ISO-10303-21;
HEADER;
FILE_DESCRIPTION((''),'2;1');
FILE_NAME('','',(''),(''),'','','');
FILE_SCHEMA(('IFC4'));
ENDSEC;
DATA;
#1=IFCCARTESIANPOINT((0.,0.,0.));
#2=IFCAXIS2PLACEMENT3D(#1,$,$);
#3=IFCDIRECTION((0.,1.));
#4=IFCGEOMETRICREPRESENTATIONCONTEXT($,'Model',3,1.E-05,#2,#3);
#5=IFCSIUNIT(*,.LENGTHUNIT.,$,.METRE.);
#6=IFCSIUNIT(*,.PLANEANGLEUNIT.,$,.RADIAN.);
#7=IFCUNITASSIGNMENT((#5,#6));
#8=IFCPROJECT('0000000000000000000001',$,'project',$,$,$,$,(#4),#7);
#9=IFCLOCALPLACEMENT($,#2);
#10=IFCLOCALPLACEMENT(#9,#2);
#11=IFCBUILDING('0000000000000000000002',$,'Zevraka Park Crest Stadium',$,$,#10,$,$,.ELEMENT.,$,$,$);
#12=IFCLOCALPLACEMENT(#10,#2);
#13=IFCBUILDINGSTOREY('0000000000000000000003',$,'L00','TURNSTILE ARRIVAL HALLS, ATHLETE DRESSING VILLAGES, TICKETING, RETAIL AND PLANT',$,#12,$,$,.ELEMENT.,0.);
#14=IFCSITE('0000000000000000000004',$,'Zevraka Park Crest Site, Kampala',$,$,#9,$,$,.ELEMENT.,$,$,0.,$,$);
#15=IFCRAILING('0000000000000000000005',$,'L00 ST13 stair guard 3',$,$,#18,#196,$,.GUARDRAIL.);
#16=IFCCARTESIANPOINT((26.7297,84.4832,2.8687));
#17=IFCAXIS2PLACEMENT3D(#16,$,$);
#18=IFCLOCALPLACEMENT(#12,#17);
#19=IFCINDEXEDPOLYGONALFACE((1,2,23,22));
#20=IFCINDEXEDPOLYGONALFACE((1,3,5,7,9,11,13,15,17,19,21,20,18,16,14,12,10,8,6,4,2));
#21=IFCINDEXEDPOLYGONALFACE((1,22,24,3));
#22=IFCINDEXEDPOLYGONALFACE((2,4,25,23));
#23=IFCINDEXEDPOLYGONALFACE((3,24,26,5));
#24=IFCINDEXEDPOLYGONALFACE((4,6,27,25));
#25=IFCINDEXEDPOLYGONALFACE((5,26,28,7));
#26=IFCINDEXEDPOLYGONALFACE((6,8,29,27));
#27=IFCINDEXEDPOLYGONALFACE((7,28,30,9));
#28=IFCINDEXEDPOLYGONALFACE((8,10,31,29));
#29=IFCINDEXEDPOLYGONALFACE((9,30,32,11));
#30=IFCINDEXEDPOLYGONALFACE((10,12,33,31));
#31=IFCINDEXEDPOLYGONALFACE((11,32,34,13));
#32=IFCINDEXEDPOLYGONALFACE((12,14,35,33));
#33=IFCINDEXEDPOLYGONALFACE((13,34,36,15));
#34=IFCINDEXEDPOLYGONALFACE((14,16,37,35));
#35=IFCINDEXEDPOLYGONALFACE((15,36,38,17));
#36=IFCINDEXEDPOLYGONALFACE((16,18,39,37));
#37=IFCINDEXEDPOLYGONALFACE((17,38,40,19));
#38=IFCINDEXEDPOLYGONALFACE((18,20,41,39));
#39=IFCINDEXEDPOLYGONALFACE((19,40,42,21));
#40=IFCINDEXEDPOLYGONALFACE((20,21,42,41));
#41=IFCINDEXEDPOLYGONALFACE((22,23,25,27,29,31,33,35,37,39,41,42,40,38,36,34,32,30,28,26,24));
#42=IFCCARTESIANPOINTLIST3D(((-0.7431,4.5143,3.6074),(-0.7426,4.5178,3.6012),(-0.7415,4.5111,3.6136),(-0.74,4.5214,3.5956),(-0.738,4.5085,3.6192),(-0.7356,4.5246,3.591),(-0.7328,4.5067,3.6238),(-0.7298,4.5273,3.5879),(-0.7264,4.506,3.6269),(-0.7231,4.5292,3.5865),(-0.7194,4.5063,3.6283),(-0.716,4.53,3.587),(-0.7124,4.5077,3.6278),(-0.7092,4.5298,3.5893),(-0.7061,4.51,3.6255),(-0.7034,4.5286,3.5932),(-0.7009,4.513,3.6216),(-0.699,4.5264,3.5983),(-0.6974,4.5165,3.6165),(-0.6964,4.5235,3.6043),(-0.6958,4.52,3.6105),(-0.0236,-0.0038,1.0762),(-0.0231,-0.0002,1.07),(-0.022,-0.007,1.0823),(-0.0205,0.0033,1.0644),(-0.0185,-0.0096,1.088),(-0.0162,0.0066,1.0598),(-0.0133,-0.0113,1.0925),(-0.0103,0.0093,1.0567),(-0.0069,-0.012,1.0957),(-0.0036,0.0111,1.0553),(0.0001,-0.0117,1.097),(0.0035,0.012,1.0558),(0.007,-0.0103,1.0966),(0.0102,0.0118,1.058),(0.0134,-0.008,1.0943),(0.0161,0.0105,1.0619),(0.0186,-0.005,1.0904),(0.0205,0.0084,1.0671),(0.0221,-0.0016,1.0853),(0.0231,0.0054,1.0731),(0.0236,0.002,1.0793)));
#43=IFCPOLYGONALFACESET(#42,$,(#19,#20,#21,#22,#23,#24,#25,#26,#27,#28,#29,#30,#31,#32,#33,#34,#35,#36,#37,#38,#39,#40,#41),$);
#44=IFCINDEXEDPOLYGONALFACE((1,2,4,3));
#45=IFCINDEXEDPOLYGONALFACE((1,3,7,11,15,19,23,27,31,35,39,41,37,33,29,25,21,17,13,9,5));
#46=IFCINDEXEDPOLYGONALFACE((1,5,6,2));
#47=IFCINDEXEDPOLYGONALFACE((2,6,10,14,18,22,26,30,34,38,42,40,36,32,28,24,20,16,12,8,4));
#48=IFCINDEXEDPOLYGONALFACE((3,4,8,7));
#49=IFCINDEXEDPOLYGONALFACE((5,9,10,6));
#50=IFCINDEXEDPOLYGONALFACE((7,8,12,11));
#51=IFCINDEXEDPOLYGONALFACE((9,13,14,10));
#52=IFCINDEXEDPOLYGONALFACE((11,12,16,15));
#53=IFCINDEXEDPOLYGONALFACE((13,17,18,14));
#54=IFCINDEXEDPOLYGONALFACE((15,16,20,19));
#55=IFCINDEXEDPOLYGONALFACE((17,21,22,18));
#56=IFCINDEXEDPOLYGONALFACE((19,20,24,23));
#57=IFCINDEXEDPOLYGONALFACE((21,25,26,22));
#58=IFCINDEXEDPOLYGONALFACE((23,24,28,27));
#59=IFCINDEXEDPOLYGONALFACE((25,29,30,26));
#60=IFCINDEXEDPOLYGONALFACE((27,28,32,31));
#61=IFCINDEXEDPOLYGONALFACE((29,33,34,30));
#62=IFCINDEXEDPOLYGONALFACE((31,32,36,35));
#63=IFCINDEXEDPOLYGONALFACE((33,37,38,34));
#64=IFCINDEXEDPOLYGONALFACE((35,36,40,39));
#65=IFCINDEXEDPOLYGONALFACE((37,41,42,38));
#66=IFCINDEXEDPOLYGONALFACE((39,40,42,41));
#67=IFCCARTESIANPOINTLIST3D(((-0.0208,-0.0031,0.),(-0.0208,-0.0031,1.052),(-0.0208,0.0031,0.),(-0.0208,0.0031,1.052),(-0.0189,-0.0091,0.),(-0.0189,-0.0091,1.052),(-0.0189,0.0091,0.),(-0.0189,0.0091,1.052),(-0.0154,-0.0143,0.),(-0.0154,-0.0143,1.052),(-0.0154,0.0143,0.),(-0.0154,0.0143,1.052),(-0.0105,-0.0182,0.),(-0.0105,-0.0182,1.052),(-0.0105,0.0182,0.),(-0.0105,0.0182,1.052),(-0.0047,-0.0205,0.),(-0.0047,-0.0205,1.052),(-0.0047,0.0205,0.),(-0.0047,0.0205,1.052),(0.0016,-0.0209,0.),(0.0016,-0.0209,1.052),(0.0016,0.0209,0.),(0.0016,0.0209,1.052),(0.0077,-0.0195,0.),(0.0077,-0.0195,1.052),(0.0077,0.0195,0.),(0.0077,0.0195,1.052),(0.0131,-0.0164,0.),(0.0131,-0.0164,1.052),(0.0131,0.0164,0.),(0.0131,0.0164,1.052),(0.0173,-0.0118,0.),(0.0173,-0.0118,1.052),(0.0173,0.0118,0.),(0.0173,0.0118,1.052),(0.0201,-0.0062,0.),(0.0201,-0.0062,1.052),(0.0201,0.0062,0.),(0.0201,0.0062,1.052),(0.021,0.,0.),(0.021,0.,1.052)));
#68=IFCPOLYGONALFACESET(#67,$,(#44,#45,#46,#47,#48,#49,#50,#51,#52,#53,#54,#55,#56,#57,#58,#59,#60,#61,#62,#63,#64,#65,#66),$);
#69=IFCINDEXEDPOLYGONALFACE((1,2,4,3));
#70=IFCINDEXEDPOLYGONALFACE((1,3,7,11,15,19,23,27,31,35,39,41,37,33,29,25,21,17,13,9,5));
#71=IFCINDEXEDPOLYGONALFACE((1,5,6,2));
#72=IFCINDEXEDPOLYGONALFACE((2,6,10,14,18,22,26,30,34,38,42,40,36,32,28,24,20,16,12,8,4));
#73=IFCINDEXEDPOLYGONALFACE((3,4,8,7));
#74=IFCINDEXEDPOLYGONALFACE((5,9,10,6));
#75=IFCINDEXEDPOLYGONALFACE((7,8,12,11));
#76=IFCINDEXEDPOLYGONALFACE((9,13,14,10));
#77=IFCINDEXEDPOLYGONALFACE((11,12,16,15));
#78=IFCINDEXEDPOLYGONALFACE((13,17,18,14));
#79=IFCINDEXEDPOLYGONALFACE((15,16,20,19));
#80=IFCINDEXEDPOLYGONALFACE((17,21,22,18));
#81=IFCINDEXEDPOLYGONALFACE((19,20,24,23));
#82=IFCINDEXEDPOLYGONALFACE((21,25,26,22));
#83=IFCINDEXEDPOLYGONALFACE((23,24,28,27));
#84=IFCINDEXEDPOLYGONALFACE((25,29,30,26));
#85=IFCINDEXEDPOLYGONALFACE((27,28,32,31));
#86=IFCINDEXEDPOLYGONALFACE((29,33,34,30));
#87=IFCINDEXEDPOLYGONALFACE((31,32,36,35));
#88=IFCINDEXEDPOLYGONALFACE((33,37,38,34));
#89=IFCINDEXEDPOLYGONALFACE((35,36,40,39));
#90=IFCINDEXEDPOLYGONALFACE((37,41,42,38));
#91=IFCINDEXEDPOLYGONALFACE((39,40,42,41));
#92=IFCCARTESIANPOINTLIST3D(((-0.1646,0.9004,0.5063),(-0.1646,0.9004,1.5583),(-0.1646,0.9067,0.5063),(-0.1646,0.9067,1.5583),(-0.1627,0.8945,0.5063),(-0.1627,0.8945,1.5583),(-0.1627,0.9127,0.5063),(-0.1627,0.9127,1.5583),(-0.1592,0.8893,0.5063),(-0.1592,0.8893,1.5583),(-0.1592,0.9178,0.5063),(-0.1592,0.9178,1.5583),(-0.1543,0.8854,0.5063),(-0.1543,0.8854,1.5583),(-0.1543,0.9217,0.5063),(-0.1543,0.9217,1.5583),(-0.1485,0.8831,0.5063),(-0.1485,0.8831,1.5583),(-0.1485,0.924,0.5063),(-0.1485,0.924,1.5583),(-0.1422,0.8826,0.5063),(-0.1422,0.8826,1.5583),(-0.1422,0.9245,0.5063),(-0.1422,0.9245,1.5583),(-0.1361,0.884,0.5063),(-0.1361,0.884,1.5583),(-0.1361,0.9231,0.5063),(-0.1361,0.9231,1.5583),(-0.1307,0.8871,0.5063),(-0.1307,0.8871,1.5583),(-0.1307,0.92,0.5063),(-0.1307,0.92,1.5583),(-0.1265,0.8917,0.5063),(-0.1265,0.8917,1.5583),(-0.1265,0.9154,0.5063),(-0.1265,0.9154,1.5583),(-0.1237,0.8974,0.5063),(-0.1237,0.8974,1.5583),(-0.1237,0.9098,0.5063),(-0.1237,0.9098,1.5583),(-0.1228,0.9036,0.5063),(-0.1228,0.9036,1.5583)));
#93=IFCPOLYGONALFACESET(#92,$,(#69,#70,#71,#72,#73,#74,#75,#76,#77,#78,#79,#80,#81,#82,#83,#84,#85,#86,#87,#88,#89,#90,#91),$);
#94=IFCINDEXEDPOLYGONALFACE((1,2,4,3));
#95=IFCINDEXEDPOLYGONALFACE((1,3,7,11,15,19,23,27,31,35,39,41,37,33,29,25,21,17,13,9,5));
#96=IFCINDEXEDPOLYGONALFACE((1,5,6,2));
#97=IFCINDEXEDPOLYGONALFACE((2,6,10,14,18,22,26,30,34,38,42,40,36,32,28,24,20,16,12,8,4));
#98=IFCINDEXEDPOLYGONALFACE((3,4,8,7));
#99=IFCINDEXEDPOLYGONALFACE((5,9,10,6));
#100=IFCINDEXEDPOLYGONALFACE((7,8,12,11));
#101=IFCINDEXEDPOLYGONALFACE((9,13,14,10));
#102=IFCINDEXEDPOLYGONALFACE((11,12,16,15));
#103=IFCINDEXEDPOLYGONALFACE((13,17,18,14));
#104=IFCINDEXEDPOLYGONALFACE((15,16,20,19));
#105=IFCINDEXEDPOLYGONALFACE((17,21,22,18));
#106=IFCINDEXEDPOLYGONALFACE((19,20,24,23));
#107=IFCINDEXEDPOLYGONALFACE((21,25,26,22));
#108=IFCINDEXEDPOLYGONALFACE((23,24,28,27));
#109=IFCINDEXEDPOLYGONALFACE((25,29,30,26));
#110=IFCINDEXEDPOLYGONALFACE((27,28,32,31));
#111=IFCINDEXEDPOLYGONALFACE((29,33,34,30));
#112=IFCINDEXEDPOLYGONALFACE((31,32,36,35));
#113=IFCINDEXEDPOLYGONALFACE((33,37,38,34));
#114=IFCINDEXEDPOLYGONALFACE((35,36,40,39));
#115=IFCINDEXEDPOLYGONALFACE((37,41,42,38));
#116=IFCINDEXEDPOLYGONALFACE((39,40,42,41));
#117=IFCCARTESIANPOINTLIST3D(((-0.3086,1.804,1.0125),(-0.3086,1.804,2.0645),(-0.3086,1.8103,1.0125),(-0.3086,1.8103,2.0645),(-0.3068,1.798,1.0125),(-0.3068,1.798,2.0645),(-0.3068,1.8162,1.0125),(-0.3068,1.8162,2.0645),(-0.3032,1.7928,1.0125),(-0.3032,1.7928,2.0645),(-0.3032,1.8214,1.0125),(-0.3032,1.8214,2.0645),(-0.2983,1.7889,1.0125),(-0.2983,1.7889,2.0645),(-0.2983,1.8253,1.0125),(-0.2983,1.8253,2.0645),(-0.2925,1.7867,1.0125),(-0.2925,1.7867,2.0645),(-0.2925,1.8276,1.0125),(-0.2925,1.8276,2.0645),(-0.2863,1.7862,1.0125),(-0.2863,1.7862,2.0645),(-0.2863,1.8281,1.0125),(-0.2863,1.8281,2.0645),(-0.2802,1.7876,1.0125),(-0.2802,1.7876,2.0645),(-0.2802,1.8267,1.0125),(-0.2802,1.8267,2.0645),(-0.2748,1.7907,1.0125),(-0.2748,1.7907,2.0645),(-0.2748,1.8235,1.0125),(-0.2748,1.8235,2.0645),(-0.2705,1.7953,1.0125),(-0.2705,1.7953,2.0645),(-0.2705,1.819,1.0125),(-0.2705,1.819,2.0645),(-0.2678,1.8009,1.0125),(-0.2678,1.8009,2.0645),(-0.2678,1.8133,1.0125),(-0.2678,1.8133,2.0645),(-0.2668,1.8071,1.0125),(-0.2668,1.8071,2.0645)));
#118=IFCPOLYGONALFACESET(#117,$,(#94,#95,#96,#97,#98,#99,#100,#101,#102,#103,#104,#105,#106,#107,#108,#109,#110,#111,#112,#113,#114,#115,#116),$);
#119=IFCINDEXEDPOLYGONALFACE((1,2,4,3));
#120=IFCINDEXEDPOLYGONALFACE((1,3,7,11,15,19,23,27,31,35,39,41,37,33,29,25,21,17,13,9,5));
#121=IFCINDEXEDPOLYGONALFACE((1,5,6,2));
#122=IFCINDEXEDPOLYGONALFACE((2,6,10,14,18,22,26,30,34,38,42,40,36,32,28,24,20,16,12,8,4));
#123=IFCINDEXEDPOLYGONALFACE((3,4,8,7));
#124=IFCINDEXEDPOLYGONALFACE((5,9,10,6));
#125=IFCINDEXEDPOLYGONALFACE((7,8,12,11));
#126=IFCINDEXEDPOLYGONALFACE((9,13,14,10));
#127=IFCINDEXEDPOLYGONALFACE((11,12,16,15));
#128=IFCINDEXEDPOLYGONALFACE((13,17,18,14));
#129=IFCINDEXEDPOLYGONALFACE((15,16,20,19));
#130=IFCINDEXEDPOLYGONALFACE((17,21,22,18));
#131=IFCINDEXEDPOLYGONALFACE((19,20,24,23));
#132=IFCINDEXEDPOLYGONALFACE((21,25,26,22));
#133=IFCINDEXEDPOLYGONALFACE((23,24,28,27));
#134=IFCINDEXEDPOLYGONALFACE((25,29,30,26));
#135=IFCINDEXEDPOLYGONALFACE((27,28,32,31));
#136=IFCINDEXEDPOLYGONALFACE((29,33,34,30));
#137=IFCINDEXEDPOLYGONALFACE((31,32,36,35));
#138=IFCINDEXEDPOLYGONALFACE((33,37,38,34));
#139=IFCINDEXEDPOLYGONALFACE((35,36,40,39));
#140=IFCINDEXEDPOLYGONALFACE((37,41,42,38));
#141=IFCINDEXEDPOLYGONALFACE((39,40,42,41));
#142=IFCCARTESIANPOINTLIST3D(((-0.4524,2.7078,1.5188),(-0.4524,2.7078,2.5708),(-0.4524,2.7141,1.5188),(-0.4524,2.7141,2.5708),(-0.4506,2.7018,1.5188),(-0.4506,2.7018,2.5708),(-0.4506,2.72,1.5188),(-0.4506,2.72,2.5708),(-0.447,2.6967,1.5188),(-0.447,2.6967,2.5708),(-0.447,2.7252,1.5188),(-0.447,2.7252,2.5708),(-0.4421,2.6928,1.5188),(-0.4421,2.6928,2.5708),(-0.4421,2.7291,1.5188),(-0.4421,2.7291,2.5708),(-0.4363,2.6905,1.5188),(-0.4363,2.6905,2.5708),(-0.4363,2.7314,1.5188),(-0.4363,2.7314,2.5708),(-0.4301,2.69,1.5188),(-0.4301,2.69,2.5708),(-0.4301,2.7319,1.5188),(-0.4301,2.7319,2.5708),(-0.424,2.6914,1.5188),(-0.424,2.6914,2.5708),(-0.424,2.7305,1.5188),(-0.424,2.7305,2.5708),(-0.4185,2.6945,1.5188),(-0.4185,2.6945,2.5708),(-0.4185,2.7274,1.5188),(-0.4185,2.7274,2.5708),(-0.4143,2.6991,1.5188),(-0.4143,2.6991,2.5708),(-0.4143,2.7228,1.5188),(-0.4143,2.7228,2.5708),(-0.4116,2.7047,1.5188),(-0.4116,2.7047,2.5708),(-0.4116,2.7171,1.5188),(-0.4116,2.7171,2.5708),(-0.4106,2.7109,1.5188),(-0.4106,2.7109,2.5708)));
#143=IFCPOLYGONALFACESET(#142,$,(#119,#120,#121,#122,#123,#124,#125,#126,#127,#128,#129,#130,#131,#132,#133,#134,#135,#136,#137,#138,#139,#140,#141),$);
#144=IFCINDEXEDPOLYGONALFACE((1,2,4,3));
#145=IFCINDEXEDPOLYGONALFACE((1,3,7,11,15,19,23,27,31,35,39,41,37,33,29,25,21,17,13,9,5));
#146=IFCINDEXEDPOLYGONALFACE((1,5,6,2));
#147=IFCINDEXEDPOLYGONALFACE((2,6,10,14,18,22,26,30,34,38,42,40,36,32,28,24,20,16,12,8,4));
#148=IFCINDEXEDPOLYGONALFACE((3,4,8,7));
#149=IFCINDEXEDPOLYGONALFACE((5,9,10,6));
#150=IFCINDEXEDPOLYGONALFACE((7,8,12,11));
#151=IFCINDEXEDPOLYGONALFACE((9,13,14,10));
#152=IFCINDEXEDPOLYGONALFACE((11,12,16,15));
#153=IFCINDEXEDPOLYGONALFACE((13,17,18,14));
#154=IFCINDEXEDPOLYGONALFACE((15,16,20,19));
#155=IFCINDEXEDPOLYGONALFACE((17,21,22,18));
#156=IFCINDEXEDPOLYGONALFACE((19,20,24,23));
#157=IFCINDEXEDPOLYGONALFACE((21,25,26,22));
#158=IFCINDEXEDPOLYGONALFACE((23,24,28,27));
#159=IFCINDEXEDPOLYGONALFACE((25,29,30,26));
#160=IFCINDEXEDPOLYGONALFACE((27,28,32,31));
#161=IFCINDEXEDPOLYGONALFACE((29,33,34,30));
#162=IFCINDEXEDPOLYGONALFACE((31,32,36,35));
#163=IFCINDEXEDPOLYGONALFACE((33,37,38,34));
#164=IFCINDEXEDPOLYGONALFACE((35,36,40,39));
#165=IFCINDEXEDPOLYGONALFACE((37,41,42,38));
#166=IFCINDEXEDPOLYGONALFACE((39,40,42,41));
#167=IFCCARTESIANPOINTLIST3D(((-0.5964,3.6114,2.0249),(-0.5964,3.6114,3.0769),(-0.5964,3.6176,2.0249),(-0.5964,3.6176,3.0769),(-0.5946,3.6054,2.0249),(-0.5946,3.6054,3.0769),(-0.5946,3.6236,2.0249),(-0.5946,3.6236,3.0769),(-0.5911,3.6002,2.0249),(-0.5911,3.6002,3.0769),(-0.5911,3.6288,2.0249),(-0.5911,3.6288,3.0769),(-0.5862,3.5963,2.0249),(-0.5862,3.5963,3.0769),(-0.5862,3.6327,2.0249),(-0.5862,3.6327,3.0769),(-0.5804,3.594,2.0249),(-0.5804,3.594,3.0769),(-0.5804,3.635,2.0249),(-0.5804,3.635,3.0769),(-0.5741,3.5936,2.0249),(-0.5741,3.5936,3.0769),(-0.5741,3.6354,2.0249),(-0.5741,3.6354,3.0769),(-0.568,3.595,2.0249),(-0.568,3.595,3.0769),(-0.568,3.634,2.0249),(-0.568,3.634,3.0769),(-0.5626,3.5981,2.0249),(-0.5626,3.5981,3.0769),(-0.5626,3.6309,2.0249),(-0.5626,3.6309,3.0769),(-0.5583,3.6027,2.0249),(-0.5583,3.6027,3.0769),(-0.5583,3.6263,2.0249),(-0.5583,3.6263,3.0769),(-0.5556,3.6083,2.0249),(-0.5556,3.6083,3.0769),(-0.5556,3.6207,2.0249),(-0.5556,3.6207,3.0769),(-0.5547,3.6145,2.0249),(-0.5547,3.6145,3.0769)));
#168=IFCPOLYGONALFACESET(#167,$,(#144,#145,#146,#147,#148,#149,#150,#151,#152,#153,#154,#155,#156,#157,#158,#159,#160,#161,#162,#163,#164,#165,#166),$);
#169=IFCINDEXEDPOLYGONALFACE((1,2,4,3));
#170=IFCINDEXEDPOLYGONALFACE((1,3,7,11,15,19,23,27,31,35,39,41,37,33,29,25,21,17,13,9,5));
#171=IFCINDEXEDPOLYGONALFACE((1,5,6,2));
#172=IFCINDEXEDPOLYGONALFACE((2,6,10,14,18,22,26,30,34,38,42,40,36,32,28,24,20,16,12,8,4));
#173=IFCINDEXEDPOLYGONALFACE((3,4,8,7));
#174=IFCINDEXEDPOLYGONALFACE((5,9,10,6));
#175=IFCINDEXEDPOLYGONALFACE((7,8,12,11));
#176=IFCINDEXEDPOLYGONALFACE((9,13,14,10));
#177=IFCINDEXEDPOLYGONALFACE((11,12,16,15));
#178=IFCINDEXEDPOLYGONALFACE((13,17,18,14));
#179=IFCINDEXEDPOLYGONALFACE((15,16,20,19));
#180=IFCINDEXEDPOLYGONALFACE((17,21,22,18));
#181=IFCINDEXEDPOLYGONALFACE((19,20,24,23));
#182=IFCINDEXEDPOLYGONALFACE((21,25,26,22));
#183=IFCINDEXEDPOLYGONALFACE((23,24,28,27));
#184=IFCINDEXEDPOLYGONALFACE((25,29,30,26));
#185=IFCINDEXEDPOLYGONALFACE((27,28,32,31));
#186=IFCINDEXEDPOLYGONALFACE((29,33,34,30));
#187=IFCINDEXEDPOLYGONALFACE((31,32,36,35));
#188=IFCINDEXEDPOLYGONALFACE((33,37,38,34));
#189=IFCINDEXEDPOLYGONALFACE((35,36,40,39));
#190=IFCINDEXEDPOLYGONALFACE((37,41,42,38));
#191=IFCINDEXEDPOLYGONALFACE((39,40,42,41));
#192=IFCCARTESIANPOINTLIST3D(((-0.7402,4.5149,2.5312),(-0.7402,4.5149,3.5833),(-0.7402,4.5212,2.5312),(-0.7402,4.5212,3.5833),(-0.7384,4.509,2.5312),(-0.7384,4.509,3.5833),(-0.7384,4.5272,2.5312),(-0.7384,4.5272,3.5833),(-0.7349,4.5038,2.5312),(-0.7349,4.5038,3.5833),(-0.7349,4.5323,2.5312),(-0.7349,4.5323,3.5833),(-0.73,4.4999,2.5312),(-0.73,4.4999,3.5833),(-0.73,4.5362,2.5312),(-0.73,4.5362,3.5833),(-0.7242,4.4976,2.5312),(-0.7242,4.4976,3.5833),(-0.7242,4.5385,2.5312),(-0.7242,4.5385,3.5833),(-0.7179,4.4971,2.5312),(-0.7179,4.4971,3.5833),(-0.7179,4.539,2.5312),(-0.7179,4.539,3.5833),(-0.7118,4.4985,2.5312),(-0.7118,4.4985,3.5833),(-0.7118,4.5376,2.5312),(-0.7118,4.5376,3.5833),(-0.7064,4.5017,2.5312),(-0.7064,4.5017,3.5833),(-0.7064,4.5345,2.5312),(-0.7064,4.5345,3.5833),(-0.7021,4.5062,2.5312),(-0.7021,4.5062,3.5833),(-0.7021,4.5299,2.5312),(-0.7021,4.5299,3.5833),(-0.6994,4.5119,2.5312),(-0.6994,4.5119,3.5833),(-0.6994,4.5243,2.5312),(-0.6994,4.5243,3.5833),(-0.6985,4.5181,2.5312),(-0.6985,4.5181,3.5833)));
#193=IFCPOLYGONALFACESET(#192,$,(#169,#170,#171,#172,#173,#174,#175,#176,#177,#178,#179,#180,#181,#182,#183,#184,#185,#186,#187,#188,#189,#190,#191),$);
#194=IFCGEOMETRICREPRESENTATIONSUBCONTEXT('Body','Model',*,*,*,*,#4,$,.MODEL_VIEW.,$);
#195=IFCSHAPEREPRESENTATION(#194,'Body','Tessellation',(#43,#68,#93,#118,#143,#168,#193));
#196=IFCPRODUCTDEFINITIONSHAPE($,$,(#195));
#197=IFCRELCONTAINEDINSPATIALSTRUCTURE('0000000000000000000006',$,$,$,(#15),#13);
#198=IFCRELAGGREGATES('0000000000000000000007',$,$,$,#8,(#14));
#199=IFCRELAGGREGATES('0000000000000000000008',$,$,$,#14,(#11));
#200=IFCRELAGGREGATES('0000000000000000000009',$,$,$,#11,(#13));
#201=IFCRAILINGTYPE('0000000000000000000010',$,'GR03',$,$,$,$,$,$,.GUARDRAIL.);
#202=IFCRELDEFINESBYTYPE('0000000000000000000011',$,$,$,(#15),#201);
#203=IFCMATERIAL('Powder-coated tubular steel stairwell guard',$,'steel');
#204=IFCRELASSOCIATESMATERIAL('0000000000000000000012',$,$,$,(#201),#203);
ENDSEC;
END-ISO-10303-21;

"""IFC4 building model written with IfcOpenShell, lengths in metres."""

from ifc_helpers import new_model, si_unit, direction, frame, origin, origin_2d, place, context, subcontext, project, spatial, circle, extrude, material, type_object, element, save


model = new_model("IFC4")

# Units and contexts
model_context = context("Model", 3, precision=1e-05, world=origin(), true_north=direction((0.0, 1.0)))
body_context = subcontext(model_context, "Body", "Model", "MODEL_VIEW")
ifc_project = project(units=[si_unit("LENGTHUNIT", "METRE"), si_unit("PLANEANGLEUNIT", "RADIAN")], contexts=[model_context])

# Site, building, storey
site_placement = place(None, origin())
site = spatial("IfcSite", under=ifc_project, at=site_placement, Name="Zevraka Park Crest Site, Kampala", CompositionType="ELEMENT", RefElevation=0.0)
building_placement = place(site_placement, origin())
building = spatial("IfcBuilding", under=site, at=building_placement, Name="Zevraka Park Crest Stadium", CompositionType="ELEMENT")
storey_placement = place(building_placement, origin())
storey = spatial("IfcBuildingStorey", under=building, at=storey_placement, Name="L00", Description="TURNSTILE ARRIVAL HALLS, ATHLETE DRESSING VILLAGES, TICKETING, RETAIL AND PLANT", CompositionType="ELEMENT", Elevation=0.0)

# Railing
ifc_material_1 = material(Name="Powder-coated tubular steel stairwell guard", Category="steel")
railing_type = type_object("IfcRailingType", Name="GR03", PredefinedType="GUARDRAIL", material=ifc_material_1)
railing_1_placement = place(storey_placement, frame((26.7297, 84.4832, 2.8687)))
element("IfcRailing", 1, at=railing_1_placement, inside=storey, type_object=railing_type, Name="L00 ST13 stair guard 3", PredefinedType="GUARDRAIL", context=body_context, shape_type="SweptSolid", body=[
    extrude(circle(Radius=0.0239, at=origin_2d()), frame((0.0, 0.0, 1.0762), z_axis=(-0.137606, 0.864113, 0.48412), x_axis=(-0.987557, -0.157264, 0.0)), (0.0, 0.0, 1.0), 5.2285),
    extrude(circle(Radius=0.021, at=origin_2d()), origin(), (0.0, 0.0, 1.0), 1.052),
    extrude(circle(Radius=0.021, at=origin_2d()), frame((-0.1438, 0.9036, 0.5063)), (0.0, 0.0, 1.0), 1.052),
    extrude(circle(Radius=0.021, at=origin_2d()), frame((-0.2878, 1.8071, 1.0125)), (0.0, 0.0, 1.0), 1.052),
    extrude(circle(Radius=0.021, at=origin_2d()), frame((-0.4316, 2.7109, 1.5188)), (0.0, 0.0, 1.0), 1.052),
    extrude(circle(Radius=0.021, at=origin_2d()), frame((-0.5757, 3.6145, 2.0249)), (0.0, 0.0, 1.0), 1.052),
    extrude(circle(Radius=0.021, at=origin_2d()), frame((-0.7195, 4.5181, 2.5312)), (0.0, 0.0, 1.0), 1.052),
])

save(model, "model.ifc")
